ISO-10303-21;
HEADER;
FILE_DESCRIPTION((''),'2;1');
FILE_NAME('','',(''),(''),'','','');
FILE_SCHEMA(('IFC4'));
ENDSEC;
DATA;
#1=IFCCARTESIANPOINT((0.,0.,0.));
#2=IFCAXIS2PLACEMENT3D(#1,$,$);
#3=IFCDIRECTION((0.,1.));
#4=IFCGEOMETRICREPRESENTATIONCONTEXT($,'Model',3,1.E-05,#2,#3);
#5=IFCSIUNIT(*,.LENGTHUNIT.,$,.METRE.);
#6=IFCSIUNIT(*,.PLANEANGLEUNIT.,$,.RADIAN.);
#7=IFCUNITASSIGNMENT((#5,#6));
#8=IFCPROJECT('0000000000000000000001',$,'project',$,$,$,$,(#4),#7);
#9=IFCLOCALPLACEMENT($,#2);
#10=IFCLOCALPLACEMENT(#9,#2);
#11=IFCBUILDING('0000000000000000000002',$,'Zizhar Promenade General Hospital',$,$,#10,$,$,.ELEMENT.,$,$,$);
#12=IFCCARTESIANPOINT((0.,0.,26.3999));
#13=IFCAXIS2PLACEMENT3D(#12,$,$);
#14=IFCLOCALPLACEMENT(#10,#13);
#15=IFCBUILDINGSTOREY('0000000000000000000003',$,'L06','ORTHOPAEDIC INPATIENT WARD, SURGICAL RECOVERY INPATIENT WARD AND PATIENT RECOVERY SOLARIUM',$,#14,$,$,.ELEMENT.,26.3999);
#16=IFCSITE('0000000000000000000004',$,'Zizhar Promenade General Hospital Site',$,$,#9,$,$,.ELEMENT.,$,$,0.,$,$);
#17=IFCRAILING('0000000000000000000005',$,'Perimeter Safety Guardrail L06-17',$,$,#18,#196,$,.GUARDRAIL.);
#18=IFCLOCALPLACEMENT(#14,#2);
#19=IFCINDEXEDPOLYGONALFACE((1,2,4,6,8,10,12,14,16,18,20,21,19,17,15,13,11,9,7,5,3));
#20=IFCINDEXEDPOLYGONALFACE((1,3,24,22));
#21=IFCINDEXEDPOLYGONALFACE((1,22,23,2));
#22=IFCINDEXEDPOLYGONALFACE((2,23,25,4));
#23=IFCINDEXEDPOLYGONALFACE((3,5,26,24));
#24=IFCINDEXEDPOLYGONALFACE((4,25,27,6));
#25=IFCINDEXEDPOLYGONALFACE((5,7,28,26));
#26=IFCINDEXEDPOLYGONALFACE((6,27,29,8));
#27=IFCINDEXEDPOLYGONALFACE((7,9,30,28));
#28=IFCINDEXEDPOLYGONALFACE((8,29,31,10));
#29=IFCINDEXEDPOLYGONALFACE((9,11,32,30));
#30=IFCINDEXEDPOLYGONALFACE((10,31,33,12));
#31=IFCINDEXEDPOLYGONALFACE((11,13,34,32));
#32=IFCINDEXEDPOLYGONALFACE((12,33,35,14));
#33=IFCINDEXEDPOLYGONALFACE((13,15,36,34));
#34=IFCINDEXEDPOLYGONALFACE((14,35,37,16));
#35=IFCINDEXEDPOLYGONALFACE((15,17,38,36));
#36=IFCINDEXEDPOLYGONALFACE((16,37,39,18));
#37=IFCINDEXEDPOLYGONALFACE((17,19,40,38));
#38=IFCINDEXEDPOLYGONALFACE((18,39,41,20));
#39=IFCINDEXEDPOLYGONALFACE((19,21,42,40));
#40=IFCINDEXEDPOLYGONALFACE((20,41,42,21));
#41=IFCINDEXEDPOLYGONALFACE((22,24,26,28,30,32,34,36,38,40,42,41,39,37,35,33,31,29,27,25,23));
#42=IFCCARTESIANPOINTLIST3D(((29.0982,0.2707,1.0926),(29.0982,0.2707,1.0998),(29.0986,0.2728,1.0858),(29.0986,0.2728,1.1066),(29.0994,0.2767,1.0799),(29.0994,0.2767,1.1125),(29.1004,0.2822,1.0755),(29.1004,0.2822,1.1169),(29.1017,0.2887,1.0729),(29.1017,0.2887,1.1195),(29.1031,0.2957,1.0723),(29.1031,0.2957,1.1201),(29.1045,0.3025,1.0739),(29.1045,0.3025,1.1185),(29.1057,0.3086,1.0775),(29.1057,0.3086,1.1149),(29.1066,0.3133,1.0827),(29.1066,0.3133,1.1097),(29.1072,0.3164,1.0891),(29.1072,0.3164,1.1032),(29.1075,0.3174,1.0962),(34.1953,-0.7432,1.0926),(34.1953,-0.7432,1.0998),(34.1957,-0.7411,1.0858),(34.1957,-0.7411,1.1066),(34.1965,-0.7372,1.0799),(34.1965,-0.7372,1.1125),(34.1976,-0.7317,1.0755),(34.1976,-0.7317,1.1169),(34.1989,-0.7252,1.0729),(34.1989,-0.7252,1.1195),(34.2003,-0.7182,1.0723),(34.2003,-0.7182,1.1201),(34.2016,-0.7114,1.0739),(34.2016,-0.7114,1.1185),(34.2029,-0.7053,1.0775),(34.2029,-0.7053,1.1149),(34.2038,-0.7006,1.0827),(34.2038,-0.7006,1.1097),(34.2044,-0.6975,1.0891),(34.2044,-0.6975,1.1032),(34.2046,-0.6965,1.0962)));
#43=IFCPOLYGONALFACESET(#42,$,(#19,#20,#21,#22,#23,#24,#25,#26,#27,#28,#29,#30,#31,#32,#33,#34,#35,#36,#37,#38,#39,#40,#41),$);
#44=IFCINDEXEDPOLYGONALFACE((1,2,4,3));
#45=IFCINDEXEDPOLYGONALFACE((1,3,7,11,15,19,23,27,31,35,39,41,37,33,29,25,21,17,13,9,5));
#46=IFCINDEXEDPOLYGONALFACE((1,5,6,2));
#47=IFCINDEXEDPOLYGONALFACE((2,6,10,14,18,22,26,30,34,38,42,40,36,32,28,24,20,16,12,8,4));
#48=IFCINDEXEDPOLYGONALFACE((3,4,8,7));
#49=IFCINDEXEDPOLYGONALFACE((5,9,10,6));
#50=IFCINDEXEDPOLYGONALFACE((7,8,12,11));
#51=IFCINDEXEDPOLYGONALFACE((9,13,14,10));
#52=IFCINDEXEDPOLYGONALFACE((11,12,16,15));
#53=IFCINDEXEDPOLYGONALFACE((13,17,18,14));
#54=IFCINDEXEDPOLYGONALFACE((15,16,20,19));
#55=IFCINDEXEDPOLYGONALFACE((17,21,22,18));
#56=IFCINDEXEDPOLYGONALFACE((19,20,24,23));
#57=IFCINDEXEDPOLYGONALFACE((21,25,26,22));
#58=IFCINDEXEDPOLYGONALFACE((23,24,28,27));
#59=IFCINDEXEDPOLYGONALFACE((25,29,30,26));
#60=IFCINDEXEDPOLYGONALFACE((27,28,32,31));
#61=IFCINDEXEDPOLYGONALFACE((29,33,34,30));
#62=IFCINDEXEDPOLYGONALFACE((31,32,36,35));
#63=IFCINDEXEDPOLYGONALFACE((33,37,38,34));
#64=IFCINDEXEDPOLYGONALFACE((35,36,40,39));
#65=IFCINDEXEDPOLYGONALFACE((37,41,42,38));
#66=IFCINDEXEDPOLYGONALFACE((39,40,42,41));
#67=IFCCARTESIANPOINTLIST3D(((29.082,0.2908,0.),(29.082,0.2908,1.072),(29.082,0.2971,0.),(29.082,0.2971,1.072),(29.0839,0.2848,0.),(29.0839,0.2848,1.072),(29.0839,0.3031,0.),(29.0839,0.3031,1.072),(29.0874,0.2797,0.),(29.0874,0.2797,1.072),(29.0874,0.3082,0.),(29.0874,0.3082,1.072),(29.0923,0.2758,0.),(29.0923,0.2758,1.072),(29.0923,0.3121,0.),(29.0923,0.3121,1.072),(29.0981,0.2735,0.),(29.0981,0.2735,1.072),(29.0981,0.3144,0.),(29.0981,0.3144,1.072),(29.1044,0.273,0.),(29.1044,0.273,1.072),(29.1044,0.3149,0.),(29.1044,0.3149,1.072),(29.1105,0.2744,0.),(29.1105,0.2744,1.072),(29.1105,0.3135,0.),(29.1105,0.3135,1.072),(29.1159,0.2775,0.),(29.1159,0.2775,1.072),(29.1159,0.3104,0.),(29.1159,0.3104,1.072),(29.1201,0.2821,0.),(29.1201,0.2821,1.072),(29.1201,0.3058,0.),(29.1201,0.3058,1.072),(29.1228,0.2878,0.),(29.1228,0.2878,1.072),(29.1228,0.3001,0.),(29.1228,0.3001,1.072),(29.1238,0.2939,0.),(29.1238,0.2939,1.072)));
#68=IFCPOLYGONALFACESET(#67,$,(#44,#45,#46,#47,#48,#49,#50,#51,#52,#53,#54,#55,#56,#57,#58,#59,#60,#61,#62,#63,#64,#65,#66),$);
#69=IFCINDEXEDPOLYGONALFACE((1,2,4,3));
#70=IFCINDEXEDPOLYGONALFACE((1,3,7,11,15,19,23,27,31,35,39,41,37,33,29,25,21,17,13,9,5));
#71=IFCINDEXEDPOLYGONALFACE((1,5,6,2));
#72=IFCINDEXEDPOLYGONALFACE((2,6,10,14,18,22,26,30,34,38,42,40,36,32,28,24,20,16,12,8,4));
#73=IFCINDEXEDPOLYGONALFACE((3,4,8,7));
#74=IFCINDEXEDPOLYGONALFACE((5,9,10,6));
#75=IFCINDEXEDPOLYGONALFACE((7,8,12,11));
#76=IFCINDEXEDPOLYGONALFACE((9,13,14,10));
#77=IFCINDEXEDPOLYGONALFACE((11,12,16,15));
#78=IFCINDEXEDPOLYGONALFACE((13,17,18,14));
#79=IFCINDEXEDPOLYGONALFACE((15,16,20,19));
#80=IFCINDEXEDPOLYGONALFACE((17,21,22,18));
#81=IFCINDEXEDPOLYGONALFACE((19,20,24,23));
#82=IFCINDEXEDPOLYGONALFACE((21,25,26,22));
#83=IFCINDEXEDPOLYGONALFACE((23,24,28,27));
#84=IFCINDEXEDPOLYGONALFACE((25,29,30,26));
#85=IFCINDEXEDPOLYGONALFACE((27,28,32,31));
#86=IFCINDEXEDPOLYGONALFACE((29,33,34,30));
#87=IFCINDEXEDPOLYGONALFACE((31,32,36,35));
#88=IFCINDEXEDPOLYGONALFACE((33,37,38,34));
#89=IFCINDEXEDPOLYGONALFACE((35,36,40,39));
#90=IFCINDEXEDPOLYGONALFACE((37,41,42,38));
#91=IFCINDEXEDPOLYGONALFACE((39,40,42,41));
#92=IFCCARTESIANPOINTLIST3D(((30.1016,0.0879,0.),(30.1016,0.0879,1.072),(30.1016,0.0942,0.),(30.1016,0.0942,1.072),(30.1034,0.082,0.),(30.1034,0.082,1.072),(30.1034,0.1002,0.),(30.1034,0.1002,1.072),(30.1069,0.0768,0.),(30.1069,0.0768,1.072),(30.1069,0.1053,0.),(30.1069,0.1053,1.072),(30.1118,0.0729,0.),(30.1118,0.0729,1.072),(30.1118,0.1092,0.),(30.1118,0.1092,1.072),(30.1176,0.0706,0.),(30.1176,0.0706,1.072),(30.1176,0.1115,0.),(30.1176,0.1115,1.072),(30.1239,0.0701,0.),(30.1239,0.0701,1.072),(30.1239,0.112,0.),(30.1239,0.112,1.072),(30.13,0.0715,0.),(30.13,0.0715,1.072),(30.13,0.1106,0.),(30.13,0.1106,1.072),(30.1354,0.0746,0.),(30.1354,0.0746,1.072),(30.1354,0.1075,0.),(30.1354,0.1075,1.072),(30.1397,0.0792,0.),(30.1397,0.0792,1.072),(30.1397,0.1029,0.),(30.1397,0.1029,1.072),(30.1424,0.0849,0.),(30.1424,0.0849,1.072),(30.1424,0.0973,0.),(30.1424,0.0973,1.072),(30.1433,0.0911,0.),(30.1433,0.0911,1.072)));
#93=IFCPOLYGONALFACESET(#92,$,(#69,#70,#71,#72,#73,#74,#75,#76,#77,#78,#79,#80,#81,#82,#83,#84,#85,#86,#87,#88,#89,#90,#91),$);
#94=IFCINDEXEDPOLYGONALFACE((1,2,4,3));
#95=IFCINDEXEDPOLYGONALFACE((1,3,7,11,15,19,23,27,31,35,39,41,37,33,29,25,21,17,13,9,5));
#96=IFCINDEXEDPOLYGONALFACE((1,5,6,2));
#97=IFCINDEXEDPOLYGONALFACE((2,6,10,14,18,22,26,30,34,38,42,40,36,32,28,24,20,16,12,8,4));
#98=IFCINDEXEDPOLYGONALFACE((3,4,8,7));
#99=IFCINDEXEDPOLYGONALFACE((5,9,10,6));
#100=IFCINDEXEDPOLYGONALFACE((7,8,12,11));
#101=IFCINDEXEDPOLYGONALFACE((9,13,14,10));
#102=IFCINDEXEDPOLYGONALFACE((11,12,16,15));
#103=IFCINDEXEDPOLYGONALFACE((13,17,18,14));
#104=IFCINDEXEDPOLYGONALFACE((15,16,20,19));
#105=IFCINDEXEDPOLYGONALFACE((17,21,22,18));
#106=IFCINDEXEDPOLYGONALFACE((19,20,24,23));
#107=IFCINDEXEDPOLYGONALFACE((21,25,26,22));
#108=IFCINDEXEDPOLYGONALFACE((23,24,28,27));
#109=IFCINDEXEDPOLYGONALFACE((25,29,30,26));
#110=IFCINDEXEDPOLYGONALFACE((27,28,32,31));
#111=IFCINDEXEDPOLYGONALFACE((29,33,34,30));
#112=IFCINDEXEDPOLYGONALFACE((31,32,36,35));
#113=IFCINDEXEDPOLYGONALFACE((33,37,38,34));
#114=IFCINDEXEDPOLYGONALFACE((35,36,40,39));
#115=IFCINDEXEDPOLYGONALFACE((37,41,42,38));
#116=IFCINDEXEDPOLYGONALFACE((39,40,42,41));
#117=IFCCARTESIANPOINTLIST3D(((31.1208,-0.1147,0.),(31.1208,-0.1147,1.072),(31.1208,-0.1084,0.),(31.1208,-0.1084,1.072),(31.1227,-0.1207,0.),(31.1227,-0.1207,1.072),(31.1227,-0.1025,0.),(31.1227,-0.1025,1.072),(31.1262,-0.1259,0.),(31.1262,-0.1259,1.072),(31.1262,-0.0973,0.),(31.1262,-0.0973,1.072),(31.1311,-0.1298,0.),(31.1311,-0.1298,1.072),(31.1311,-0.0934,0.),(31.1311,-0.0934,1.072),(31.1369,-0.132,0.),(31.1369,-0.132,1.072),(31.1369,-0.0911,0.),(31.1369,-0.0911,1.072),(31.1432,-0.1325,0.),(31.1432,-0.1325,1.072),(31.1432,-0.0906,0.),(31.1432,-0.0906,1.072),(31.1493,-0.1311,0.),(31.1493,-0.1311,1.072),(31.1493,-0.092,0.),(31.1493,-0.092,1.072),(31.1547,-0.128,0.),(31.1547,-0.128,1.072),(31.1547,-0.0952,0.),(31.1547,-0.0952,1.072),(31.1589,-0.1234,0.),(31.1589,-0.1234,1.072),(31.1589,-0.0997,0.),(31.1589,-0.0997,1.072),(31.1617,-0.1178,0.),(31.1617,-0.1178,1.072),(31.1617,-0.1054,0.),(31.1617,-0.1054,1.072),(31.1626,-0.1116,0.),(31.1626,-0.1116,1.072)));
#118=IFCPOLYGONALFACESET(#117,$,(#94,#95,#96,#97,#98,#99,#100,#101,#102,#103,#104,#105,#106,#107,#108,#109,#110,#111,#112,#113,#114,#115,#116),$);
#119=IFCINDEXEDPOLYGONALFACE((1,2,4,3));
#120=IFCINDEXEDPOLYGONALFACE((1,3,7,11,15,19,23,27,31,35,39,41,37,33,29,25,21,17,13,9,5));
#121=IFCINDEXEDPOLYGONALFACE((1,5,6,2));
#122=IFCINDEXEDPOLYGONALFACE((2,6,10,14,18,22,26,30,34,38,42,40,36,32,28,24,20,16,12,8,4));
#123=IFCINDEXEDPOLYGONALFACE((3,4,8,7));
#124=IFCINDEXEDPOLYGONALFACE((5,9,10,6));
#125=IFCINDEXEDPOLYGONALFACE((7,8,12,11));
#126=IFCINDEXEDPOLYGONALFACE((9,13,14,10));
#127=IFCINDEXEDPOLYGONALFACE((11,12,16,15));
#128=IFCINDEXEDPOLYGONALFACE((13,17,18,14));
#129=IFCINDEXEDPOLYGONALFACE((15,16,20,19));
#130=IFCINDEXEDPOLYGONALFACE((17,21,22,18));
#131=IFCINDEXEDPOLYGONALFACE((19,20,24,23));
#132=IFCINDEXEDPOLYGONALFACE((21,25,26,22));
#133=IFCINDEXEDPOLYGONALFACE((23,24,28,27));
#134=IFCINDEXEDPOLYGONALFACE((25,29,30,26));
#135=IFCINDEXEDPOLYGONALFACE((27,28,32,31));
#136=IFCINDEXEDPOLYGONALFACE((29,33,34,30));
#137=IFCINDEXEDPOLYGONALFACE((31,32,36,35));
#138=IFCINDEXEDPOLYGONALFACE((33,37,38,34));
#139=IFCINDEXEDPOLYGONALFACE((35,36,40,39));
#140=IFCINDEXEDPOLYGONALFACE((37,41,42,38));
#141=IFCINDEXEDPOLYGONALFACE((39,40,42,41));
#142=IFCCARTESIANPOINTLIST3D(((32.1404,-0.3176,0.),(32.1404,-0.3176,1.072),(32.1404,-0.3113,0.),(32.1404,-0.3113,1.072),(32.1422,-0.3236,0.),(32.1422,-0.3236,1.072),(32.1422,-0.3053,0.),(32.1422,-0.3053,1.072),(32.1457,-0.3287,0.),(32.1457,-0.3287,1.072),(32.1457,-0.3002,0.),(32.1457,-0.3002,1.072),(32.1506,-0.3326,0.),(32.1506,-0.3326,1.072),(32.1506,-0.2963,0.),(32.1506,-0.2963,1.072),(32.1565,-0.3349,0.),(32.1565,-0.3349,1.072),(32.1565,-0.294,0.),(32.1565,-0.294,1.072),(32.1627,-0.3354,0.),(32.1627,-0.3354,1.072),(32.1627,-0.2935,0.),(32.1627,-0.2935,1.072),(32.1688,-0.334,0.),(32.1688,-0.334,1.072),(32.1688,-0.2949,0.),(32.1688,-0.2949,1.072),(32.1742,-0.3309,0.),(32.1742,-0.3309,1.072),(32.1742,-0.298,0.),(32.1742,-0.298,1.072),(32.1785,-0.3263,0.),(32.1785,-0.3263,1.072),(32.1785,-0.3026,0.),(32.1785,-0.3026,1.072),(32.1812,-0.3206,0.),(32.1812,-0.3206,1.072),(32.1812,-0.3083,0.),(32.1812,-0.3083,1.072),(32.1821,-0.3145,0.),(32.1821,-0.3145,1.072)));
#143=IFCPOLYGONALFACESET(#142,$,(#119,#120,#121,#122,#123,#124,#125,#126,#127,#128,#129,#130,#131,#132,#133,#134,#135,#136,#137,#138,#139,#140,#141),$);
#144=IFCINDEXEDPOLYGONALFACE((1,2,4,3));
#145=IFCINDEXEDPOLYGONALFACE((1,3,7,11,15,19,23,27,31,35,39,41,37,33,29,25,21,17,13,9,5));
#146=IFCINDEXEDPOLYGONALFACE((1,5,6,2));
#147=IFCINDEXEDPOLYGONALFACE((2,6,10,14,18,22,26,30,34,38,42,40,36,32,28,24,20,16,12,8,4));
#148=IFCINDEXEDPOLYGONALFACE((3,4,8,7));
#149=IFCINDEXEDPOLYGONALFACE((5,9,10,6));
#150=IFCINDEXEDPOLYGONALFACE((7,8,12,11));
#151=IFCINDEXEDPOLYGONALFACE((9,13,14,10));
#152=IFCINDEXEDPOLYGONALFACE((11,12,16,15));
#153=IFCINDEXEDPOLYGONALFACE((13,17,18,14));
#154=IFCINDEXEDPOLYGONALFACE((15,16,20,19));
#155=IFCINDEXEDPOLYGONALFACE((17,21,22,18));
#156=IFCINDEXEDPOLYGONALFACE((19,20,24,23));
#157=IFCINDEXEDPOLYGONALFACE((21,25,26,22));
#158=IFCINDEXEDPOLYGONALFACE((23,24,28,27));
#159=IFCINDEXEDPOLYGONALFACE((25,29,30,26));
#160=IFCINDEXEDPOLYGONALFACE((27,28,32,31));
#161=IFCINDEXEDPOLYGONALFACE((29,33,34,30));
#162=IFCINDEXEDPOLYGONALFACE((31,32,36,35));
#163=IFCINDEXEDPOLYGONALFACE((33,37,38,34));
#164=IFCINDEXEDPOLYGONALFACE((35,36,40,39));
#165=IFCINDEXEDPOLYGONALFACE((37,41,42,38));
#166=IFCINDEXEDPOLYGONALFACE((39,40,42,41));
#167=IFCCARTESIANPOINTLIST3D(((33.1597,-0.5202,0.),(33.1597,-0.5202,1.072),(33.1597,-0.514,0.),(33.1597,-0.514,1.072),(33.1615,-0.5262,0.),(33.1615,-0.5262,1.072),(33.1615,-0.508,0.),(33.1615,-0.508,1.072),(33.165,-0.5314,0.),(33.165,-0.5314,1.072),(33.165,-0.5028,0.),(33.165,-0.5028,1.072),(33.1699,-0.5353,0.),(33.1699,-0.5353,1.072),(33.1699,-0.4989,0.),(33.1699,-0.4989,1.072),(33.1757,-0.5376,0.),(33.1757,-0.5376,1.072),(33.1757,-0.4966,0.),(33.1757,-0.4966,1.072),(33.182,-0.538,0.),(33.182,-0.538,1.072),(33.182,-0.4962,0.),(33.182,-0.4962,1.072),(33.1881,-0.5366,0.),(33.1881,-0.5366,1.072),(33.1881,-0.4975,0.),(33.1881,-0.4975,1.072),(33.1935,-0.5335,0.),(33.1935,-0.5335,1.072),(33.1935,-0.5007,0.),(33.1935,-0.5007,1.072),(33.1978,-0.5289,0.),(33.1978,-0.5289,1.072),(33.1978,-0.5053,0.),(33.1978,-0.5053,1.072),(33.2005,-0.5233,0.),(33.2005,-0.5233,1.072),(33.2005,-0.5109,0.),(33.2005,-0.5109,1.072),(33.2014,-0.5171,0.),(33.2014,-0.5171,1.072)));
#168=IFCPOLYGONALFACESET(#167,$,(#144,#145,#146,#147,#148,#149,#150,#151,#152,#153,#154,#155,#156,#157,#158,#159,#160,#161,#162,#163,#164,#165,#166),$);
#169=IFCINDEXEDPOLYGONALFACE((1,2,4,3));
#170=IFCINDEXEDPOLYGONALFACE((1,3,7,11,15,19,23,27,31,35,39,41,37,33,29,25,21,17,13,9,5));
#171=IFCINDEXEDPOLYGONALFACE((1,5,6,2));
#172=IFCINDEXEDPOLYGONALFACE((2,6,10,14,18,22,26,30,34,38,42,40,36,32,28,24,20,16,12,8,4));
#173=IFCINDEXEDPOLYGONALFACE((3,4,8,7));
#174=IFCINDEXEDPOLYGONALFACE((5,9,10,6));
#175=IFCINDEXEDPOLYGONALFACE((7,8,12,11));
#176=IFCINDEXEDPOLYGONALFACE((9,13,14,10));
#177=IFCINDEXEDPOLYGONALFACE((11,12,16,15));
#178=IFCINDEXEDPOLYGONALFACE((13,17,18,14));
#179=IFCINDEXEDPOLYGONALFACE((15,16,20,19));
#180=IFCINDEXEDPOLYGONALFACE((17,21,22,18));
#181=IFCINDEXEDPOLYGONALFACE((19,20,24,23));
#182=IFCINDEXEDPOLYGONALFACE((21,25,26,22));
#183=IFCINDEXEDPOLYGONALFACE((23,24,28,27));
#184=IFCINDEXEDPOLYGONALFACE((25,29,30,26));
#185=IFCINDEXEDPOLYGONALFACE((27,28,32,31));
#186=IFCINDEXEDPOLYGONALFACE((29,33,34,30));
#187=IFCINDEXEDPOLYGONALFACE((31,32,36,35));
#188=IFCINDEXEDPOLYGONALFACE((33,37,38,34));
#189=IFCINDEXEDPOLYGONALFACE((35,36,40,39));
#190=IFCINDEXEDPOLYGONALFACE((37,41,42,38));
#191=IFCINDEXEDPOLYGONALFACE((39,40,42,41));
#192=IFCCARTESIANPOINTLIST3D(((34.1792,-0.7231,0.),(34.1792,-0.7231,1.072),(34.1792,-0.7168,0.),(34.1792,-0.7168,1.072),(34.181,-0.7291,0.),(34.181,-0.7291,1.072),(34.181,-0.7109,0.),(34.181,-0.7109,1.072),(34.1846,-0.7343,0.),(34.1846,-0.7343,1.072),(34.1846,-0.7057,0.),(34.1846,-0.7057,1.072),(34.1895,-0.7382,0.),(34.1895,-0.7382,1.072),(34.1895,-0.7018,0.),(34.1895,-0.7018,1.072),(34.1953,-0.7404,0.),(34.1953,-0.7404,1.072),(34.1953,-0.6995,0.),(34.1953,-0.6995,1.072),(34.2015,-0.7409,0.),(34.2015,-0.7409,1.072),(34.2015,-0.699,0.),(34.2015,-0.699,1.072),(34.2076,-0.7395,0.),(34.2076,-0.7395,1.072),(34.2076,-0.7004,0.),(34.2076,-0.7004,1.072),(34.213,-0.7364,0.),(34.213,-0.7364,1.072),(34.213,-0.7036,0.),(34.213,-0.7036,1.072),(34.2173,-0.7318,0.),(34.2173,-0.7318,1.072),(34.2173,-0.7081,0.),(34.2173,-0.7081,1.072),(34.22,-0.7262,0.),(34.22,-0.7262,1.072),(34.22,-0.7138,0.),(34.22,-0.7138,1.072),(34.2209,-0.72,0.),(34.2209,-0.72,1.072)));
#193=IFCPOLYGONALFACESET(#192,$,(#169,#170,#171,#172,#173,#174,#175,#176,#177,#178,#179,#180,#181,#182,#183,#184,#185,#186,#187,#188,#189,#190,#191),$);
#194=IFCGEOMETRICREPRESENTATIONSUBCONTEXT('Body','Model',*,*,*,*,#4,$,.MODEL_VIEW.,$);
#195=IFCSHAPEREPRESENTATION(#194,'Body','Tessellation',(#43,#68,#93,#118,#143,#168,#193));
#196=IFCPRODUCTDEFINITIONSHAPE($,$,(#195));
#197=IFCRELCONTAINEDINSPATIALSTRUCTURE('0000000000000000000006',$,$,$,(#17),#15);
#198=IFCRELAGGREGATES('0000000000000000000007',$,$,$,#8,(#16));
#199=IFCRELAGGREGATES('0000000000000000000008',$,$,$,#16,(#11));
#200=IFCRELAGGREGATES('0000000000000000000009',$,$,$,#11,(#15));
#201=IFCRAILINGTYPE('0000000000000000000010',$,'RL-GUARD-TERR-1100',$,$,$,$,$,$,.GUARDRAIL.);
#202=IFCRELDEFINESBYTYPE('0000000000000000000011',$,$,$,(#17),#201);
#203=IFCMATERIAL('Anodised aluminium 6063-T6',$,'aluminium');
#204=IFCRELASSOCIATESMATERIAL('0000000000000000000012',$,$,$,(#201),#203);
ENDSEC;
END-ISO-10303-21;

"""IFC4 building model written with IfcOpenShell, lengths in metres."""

from ifc_helpers import new_model, si_unit, direction, frame, origin, origin_2d, place, context, subcontext, project, spatial, circle, hollow_circle, extrude, material, material_profile, profile_set, type_object, element, save


model = new_model("IFC4")

# Units and contexts
model_context = context("Model", 3, precision=1e-05, world=origin(), true_north=direction((0.0, 1.0)))
body_context = subcontext(model_context, "Body", "Model", "MODEL_VIEW")
ifc_project = project(units=[si_unit("LENGTHUNIT", "METRE"), si_unit("PLANEANGLEUNIT", "RADIAN")], contexts=[model_context])

# Site, building, storey
site_placement = place(None, origin())
site = spatial("IfcSite", under=ifc_project, at=site_placement, Name="Zizhar Promenade General Hospital Site", CompositionType="ELEMENT", RefElevation=0.0)
building_placement = place(site_placement, origin())
building = spatial("IfcBuilding", under=site, at=building_placement, Name="Zizhar Promenade General Hospital", CompositionType="ELEMENT")
storey_placement = place(building_placement, frame((0.0, 0.0, 26.3999)))
storey = spatial("IfcBuildingStorey", under=building, at=storey_placement, Name="L06", Description="ORTHOPAEDIC INPATIENT WARD, SURGICAL RECOVERY INPATIENT WARD AND PATIENT RECOVERY SOLARIUM", CompositionType="ELEMENT", Elevation=26.3999)

# Railing
ifc_material_1 = material(Name="Anodised aluminium 6063-T6", Category="aluminium")
ifc_material_profile_1 = material_profile(ifc_material_1, hollow_circle(Radius=0.0698, WallThickness=0.0063, at=origin_2d()))
ifc_profile_set_1 = profile_set([ifc_material_profile_1], Name="Anodised aluminium 6063-T6")
railing_type = type_object("IfcRailingType", Name="RL-GUARD-TERR-1100", PredefinedType="GUARDRAIL", material=ifc_profile_set_1)
railing_1_placement = place(storey_placement, frame((29.1028, 0.2939, 0.0)))
element("IfcRailing", 1, at=railing_1_placement, inside=storey, type_object=railing_type, Name="Perimeter Safety Guardrail L06-17", PredefinedType="GUARDRAIL", context=body_context, shape_type="SweptSolid", body=[
    extrude(circle(Radius=0.0239, at=origin_2d()), frame((0.0, 0.0, 1.0962), z_axis=(0.980784, -0.195095, 0.0), x_axis=(0.195095, 0.980784, 0.0)), (0.0, 0.0, 1.0), 5.197),
    extrude(circle(Radius=0.021, at=origin_2d()), origin(), (0.0, 0.0, 1.0), 1.072),
    extrude(circle(Radius=0.021, at=origin_2d()), frame((1.0195, -0.2029, 0.0)), (0.0, 0.0, 1.0), 1.072),
    extrude(circle(Radius=0.021, at=origin_2d()), frame((2.0388, -0.4055, 0.0)), (0.0, 0.0, 1.0), 1.072),
    extrude(circle(Radius=0.021, at=origin_2d()), frame((3.0583, -0.6084, 0.0)), (0.0, 0.0, 1.0), 1.072),
    extrude(circle(Radius=0.021, at=origin_2d()), frame((4.0776, -0.811, 0.0)), (0.0, 0.0, 1.0), 1.072),
    extrude(circle(Radius=0.021, at=origin_2d()), frame((5.0972, -1.0139, 0.0)), (0.0, 0.0, 1.0), 1.072),
])

save(model, "model.ifc")
